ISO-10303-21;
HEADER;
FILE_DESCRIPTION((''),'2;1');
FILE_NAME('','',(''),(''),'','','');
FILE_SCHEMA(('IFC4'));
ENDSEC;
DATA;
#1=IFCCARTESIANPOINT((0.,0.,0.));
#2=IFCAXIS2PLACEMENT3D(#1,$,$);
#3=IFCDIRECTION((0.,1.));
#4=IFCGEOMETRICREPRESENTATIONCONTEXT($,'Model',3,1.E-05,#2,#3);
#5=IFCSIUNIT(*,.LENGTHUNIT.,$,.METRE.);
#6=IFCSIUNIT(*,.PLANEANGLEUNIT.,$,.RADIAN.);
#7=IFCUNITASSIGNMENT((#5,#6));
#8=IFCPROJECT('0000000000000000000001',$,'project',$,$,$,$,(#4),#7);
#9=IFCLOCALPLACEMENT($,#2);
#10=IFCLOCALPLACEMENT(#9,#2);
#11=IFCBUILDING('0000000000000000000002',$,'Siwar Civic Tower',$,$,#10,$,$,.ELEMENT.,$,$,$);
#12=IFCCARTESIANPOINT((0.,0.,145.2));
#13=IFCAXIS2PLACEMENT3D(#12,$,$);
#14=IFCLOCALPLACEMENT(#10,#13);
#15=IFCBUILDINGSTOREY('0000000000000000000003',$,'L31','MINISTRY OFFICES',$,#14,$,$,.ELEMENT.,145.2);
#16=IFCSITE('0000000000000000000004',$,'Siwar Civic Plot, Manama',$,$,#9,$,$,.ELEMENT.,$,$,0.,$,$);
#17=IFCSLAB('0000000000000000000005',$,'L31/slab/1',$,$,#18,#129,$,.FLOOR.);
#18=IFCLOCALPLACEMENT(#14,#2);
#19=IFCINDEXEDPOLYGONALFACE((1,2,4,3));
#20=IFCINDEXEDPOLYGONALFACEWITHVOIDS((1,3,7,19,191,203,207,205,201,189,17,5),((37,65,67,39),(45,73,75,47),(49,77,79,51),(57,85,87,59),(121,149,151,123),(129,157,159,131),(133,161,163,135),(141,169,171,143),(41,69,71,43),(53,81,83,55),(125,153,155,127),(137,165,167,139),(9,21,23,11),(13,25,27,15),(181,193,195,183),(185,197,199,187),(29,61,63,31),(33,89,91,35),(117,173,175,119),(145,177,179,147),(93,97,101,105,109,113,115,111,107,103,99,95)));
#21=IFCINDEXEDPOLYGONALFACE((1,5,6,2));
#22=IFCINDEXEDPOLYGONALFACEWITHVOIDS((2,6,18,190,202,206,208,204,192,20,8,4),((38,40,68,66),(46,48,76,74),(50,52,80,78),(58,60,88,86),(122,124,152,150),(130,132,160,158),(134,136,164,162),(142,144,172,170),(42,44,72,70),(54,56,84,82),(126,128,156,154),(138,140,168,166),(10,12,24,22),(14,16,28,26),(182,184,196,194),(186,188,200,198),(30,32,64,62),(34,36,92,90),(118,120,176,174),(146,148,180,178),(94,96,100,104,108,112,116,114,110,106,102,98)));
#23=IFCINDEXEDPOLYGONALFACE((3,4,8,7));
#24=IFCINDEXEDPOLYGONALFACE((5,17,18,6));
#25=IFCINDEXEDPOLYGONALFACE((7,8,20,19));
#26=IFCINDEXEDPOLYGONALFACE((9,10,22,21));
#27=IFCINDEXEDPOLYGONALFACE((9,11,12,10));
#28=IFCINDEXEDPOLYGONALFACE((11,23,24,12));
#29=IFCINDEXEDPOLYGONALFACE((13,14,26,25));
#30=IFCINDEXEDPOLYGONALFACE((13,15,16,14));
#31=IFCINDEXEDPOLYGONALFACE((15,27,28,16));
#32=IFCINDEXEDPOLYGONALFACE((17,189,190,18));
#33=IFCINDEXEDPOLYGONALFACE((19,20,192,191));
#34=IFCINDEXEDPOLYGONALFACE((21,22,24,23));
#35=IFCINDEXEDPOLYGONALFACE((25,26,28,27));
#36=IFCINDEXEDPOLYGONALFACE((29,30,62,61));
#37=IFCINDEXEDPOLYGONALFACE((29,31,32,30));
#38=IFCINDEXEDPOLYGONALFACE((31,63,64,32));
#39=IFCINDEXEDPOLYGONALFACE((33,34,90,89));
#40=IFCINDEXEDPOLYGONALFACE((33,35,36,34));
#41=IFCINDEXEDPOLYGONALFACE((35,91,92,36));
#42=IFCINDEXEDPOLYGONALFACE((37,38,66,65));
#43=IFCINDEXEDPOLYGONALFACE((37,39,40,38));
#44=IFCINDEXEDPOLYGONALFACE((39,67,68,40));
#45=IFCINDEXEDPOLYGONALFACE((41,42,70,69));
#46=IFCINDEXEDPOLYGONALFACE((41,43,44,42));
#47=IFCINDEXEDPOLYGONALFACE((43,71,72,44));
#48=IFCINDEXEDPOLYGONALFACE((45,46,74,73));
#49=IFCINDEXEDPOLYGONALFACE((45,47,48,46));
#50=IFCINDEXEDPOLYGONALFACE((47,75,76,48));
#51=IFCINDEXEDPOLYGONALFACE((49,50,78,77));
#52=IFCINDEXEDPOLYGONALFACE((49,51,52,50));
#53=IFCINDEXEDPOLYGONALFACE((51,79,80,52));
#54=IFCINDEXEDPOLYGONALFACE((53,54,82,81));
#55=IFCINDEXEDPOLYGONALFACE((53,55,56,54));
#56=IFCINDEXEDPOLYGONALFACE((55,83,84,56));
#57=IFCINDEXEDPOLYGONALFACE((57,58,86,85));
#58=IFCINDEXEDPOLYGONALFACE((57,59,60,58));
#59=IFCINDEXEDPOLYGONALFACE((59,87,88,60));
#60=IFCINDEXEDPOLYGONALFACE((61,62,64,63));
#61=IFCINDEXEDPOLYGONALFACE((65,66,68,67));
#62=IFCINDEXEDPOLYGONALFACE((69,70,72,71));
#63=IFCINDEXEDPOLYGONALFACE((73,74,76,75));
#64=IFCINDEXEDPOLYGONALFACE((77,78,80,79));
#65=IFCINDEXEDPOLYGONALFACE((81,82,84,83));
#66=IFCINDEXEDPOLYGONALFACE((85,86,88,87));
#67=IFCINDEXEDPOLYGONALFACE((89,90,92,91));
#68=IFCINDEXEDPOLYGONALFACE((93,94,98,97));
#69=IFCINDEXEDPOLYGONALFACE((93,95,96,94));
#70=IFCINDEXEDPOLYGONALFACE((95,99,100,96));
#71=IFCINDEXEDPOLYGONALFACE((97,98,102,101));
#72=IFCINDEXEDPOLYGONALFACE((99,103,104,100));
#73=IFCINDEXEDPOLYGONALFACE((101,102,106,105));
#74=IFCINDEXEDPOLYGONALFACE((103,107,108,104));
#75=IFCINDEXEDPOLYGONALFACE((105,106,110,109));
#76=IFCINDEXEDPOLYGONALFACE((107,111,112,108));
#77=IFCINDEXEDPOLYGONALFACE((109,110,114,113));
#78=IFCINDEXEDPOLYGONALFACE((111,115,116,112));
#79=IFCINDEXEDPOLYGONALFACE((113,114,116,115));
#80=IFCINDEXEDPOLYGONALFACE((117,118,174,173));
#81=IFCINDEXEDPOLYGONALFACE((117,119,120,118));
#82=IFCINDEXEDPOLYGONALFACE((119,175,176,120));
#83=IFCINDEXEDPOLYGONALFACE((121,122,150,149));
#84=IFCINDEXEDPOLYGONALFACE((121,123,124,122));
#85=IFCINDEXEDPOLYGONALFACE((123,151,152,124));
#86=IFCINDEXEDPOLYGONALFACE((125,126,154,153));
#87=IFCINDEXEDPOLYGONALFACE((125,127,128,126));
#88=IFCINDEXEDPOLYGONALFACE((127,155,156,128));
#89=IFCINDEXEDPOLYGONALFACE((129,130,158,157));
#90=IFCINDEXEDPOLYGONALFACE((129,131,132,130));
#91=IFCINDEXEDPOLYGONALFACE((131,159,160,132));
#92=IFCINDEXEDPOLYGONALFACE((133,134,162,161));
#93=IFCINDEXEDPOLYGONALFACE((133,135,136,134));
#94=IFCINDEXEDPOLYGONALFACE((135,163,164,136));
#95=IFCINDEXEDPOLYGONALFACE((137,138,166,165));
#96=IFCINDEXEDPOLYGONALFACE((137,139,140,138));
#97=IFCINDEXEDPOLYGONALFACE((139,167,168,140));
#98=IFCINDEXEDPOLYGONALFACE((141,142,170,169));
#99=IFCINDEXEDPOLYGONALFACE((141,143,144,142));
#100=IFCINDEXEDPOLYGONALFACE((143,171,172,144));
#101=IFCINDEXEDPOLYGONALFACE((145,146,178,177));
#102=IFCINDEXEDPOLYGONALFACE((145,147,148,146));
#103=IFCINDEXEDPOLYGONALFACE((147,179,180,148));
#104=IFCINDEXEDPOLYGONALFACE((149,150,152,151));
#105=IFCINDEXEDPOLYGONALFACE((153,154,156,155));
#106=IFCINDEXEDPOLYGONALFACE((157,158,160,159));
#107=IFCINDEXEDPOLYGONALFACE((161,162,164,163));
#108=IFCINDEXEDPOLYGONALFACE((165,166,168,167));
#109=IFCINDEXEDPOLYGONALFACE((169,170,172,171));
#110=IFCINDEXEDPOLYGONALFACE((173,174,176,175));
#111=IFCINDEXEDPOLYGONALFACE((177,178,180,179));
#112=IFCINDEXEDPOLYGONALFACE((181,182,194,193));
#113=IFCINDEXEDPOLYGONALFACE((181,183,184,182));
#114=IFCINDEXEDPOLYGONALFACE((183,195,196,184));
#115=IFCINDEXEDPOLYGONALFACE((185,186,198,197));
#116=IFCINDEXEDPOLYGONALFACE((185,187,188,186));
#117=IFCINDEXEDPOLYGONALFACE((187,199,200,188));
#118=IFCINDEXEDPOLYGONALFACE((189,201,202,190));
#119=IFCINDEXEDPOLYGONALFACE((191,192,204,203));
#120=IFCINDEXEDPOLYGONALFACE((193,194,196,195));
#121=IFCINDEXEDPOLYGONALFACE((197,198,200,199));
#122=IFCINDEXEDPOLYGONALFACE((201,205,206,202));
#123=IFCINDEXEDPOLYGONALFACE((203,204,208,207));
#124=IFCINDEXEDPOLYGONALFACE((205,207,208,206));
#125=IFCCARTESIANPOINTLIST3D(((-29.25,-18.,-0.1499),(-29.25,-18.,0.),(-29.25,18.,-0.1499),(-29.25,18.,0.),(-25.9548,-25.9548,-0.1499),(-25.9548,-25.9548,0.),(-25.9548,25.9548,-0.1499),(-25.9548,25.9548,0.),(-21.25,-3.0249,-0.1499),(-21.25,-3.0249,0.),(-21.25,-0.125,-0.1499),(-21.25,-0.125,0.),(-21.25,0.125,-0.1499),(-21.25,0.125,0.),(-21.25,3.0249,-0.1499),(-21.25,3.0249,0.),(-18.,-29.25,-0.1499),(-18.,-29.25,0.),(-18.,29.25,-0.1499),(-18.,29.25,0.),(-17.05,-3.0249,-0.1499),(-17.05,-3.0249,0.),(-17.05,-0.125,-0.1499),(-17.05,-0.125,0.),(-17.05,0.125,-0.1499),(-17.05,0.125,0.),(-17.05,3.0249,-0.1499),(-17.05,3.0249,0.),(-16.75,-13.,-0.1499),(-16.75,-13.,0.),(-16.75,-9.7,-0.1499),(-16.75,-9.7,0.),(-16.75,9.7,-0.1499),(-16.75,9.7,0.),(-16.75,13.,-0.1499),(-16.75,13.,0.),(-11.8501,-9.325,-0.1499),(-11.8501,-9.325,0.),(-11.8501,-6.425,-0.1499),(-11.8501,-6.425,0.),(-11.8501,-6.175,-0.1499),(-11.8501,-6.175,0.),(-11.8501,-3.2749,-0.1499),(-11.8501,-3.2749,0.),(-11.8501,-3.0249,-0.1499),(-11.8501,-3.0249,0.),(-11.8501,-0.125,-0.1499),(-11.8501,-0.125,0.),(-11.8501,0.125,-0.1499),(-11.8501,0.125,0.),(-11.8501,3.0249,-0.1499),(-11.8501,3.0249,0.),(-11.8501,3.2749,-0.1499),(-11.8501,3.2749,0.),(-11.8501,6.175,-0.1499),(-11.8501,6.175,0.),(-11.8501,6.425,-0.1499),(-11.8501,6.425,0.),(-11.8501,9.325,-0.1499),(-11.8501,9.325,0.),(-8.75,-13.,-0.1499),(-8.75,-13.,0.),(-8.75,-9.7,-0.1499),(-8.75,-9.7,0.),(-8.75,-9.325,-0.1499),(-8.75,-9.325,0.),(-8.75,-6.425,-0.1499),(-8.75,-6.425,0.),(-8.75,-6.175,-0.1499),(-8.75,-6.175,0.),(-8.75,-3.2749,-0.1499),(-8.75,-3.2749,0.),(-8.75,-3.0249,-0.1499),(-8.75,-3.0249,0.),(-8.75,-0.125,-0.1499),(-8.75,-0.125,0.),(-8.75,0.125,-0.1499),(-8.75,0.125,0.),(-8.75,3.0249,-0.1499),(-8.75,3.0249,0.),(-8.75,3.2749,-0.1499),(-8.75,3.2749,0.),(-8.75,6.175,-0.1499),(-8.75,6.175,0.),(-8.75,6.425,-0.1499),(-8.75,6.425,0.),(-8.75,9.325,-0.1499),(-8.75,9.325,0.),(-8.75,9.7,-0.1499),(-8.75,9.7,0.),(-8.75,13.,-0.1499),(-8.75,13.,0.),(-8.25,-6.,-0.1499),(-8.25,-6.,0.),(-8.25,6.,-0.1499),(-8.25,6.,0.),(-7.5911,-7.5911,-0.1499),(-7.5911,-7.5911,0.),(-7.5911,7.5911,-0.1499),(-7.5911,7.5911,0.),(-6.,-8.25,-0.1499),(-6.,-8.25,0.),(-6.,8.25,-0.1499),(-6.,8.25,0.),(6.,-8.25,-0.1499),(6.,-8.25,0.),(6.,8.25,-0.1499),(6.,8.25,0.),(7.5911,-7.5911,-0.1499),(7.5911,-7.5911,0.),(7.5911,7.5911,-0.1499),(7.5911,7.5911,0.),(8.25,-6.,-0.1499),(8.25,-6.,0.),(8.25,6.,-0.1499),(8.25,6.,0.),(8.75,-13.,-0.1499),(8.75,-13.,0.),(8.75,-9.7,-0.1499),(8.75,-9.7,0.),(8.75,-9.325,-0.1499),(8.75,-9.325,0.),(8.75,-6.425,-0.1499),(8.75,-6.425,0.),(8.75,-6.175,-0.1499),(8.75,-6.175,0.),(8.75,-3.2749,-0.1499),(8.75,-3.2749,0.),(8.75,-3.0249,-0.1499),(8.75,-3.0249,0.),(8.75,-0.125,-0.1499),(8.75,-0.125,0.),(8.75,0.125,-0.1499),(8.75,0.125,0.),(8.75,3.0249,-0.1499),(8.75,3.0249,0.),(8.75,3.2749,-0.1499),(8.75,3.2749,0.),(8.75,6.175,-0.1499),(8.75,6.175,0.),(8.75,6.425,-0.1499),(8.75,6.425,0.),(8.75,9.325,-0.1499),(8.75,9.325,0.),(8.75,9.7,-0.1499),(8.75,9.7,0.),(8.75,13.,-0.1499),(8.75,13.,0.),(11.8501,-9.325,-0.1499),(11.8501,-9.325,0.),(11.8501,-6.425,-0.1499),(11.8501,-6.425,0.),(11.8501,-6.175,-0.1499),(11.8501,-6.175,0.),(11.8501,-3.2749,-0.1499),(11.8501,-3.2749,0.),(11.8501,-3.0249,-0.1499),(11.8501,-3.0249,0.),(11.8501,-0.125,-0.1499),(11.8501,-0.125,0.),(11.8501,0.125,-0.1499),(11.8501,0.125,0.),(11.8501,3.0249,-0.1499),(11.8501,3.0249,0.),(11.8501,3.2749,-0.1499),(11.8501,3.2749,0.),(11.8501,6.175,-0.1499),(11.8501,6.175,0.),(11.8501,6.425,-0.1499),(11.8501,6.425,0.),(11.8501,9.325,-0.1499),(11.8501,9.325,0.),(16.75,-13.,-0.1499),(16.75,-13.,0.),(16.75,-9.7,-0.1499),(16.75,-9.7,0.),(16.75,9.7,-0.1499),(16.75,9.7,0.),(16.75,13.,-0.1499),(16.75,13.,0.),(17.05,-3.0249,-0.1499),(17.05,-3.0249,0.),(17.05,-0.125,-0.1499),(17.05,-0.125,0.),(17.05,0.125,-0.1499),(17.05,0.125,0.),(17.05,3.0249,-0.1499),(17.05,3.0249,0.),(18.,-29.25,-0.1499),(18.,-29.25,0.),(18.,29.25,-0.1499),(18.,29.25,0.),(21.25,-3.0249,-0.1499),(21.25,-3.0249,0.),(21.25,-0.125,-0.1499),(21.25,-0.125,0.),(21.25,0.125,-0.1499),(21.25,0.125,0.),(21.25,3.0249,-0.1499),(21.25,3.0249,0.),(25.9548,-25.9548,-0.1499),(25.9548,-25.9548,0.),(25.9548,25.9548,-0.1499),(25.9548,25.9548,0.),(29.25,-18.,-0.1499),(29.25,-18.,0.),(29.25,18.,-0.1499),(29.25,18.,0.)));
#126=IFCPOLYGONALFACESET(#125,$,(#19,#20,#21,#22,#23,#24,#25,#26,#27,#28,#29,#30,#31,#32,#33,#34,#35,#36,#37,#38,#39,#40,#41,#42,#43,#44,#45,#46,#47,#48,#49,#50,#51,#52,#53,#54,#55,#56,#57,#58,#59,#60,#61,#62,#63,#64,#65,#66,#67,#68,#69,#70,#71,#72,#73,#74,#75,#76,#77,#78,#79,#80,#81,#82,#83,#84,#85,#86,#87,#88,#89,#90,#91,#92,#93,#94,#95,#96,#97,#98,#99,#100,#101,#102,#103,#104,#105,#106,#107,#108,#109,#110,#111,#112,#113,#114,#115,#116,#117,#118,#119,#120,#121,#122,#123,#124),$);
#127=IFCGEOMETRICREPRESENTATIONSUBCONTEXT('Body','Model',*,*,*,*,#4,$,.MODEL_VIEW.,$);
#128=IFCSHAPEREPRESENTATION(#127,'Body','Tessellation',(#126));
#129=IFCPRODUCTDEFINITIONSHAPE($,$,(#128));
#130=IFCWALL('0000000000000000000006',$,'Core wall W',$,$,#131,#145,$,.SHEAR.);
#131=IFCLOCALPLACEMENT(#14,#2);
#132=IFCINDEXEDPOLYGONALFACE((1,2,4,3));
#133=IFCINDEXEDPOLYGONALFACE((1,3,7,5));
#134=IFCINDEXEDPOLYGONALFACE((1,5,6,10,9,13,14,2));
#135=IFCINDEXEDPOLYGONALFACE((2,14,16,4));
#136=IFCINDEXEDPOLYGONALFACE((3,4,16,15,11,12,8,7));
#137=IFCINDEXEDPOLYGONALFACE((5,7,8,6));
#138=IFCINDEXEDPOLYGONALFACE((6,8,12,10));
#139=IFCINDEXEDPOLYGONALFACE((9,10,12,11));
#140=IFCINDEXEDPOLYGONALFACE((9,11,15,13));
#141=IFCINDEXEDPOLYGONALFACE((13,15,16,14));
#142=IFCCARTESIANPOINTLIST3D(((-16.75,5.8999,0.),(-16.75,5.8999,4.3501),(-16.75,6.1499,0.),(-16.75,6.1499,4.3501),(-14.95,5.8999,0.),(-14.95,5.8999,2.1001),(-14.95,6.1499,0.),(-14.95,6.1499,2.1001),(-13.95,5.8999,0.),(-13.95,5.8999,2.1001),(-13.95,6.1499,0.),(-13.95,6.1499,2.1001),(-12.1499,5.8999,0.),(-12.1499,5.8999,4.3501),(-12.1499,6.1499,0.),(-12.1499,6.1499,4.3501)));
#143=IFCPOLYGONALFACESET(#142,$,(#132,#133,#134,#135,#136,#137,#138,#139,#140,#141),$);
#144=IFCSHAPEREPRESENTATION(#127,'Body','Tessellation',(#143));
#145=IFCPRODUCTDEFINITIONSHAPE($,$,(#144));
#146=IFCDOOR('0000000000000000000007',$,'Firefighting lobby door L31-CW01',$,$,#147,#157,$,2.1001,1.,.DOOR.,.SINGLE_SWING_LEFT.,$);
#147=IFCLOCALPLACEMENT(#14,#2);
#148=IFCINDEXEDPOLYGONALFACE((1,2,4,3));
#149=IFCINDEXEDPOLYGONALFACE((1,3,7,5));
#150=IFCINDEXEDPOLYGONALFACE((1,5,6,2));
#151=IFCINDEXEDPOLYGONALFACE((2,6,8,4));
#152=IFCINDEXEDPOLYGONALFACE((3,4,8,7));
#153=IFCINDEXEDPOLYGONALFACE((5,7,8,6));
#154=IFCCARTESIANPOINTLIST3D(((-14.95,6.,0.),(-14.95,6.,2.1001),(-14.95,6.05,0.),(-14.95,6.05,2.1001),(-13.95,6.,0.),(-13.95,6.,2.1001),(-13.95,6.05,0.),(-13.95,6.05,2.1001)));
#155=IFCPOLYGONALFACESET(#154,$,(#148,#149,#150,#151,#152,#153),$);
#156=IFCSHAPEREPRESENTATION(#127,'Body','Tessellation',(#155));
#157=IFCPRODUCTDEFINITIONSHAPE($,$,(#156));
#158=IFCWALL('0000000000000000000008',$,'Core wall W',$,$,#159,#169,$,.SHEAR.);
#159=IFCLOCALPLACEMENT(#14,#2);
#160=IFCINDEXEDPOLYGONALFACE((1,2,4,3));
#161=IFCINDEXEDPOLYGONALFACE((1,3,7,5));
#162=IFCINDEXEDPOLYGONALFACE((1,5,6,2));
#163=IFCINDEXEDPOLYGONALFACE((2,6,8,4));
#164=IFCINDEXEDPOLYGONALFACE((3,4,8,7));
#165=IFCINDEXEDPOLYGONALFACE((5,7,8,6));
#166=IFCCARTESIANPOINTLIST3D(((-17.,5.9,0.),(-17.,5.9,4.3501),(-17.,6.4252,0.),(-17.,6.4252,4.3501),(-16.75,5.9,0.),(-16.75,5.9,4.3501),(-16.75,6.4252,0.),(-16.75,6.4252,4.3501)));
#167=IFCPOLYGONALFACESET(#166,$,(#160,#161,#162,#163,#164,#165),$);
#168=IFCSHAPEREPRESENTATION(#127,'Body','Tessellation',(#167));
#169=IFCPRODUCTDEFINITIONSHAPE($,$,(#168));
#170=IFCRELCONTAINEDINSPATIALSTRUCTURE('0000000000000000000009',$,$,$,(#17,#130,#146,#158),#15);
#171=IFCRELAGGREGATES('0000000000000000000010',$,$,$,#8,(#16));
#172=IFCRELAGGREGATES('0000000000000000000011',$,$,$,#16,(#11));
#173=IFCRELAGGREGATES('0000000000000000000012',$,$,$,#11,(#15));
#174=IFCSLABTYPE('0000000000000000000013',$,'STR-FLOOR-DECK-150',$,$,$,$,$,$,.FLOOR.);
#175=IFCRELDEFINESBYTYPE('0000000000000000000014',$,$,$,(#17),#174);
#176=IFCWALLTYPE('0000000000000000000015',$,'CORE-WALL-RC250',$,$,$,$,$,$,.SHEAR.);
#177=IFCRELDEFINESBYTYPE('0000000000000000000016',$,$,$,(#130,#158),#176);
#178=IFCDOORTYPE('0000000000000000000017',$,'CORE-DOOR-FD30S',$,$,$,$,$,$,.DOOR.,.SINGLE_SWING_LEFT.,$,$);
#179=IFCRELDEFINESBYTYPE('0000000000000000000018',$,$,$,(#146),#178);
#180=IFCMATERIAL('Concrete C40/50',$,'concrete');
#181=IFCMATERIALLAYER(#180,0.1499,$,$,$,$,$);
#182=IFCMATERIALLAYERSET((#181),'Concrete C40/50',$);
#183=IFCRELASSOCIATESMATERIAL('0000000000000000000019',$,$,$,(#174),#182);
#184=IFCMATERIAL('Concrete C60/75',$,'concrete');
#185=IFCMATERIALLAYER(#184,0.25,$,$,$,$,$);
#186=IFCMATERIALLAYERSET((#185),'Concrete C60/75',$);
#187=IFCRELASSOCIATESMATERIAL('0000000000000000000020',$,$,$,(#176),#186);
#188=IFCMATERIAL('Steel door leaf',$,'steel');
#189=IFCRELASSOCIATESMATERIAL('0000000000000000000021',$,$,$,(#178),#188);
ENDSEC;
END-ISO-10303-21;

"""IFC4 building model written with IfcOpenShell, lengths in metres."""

from ifc_helpers import new_model, si_unit, direction, frame, frame_2d, origin, place, context, subcontext, project, spatial, polyline, rectangle, outline, extrude, material, layer, layer_set, type_object, element, fill, save


model = new_model("IFC4")

# Units and contexts
model_context = context("Model", 3, precision=1e-05, world=origin(), true_north=direction((0.0, 1.0)))
body_context = subcontext(model_context, "Body", "Model", "MODEL_VIEW")
ifc_project = project(units=[si_unit("LENGTHUNIT", "METRE"), si_unit("PLANEANGLEUNIT", "RADIAN")], contexts=[model_context])

# Site, building, storey
site_placement = place(None, origin())
site = spatial("IfcSite", under=ifc_project, at=site_placement, Name="Siwar Civic Plot, Manama", CompositionType="ELEMENT", RefElevation=0.0)
building_placement = place(site_placement, origin())
building = spatial("IfcBuilding", under=site, at=building_placement, Name="Siwar Civic Tower", CompositionType="ELEMENT")
storey_placement = place(building_placement, frame((0.0, 0.0, 145.2)))
storey = spatial("IfcBuildingStorey", under=building, at=storey_placement, Name="L31", Description="MINISTRY OFFICES", CompositionType="ELEMENT", Elevation=145.2)

# Slab
ifc_material_1 = material(Name="Concrete C40/50", Category="concrete")
ifc_layer_1 = layer(ifc_material_1, 0.1499)
ifc_layer_set_1 = layer_set([ifc_layer_1], Name="Concrete C40/50")
slab_type_1 = type_object("IfcSlabType", Name="STR-FLOOR-DECK-150", PredefinedType="FLOOR", material=ifc_layer_set_1)
slab_1_placement = place(storey_placement, frame((0.0, 0.0, -0.1499)))
element("IfcSlab", 1, at=slab_1_placement, inside=storey, type_object=slab_type_1, Name="L31/slab/1", PredefinedType="FLOOR", context=body_context, shape_type="SweptSolid", body=[
    extrude(outline(polyline([(-18.0, -29.25), (18.0, -29.25), (25.9548, -25.9548), (29.25, -18.0), (29.25, 18.0), (25.9548, 25.9548), (18.0, 29.25), (-18.0, 29.25), (-25.9548, 25.9548), (-29.25, 18.0), (-29.25, -18.0), (-25.9548, -25.9548), (-18.0, -29.25)]), holes=[polyline([(21.25, 3.0249), (21.25, 0.125), (17.05, 0.125), (17.05, 3.0249), (21.25, 3.0249)]), polyline([(17.05, -0.125), (21.25, -0.125), (21.25, -3.0249), (17.05, -3.0249), (17.05, -0.125)]), polyline([(16.75, 13.0), (16.75, 9.7), (8.75, 9.7), (8.75, 13.0), (16.75, 13.0)]), polyline([(8.75, -9.7), (16.75, -9.7), (16.75, -13.0), (8.75, -13.0), (8.75, -9.7)]), polyline([(11.8501, 9.325), (11.8501, 6.425), (8.75, 6.425), (8.75, 9.325), (11.8501, 9.325)]), polyline([(11.8501, 3.0249), (11.8501, 0.125), (8.75, 0.125), (8.75, 3.0249), (11.8501, 3.0249)]), polyline([(11.8501, -0.125), (11.8501, -3.0249), (8.75, -3.0249), (8.75, -0.125), (11.8501, -0.125)]), polyline([(11.8501, -3.2749), (11.8501, -6.175), (8.75, -6.175), (8.75, -3.2749), (11.8501, -3.2749)]), polyline([(8.75, 6.175), (11.8501, 6.175), (11.8501, 3.2749), (8.75, 3.2749), (8.75, 6.175)]), polyline([(8.75, -6.425), (11.8501, -6.425), (11.8501, -9.325), (8.75, -9.325), (8.75, -6.425)]), polyline([(-6.0, 8.25), (6.0, 8.25), (7.5911, 7.5911), (8.25, 6.0), (8.25, -6.0), (7.5911, -7.5911), (6.0, -8.25), (-6.0, -8.25), (-7.5911, -7.5911), (-8.25, -6.0), (-8.25, 6.0), (-7.5911, 7.5911), (-6.0, 8.25)]), polyline([(-8.75, 9.7), (-16.75, 9.7), (-16.75, 13.0), (-8.75, 13.0), (-8.75, 9.7)]), polyline([(-8.75, 0.125), (-11.8501, 0.125), (-11.8501, 3.0249), (-8.75, 3.0249), (-8.75, 0.125)]), polyline([(-8.75, -6.175), (-11.8501, -6.175), (-11.8501, -3.2749), (-8.75, -3.2749), (-8.75, -6.175)]), polyline([(-8.75, -9.325), (-11.8501, -9.325), (-11.8501, -6.425), (-8.75, -6.425), (-8.75, -9.325)]), polyline([(-8.75, -13.0), (-16.75, -13.0), (-16.75, -9.7), (-8.75, -9.7), (-8.75, -13.0)]), polyline([(-11.8501, 6.425), (-11.8501, 9.325), (-8.75, 9.325), (-8.75, 6.425), (-11.8501, 6.425)]), polyline([(-11.8501, 3.2749), (-11.8501, 6.175), (-8.75, 6.175), (-8.75, 3.2749), (-11.8501, 3.2749)]), polyline([(-11.8501, -3.0249), (-11.8501, -0.125), (-8.75, -0.125), (-8.75, -3.0249), (-11.8501, -3.0249)]), polyline([(-21.25, -3.0249), (-21.25, -0.125), (-17.05, -0.125), (-17.05, -3.0249), (-21.25, -3.0249)]), polyline([(-17.05, 0.125), (-21.25, 0.125), (-21.25, 3.0249), (-17.05, 3.0249), (-17.05, 0.125)])]), origin(), (0.0, 0.0, 1.0), 0.1499),
])

# Wall, opening, door
ifc_material_2 = material(Name="Concrete C60/75", Category="concrete")
ifc_layer_2 = layer(ifc_material_2, 0.25)
ifc_layer_set_2 = layer_set([ifc_layer_2], Name="Concrete C60/75")
wall_type_1 = type_object("IfcWallType", Name="CORE-WALL-RC250", PredefinedType="SHEAR", material=ifc_layer_set_2)
wall_1_placement = place(storey_placement, frame((-12.1499, 6.0249, 0.0), z_axis=(0.0, 0.0, 1.0), x_axis=(-1.0, 0.0, 0.0)))
wall_1 = element("IfcWall", 2, at=wall_1_placement, inside=storey, type_object=wall_type_1, Name="Core wall W", PredefinedType="SHEAR", context=body_context, shape_type="SweptSolid", body=[
    extrude(rectangle(XDim=4.6001, YDim=0.25, at=frame_2d((2.3, 0.0))), origin(), (0.0, 0.0, 1.0), 4.3501),
])
opening_1_placement = place(wall_1_placement, frame((1.8, 0.0, 0.0)))
opening_1 = element("IfcOpeningElement", 3, at=opening_1_placement, cuts=wall_1, PredefinedType="OPENING", context=body_context, shape_type="SweptSolid", body=[
    extrude(rectangle(XDim=1.0, YDim=2.1001, at=frame_2d((0.5, 1.05))), frame((0.0, 0.135, 0.0), z_axis=(0.0, -1.0, 0.0), x_axis=(1.0, 0.0, 0.0)), (0.0, 0.0, 1.0), 0.27),
])
ifc_material_3 = material(Name="Steel door leaf", Category="steel")
door_type_1 = type_object("IfcDoorType", Name="CORE-DOOR-FD30S", OperationType="SINGLE_SWING_LEFT", PredefinedType="DOOR", material=ifc_material_3)
door_1_placement = place(opening_1_placement, origin())
door_1 = element("IfcDoor", 4, at=door_1_placement, inside=storey, type_object=door_type_1, Name="Firefighting lobby door L31-CW01", OperationType="SINGLE_SWING_LEFT", OverallHeight=2.1001, OverallWidth=1.0, PredefinedType="DOOR", context=body_context, shape_type="SweptSolid", body=[
    extrude(rectangle(XDim=1.0, YDim=2.1001, at=frame_2d((0.5, 1.05))), frame((0.0, 0.0249, 0.0), z_axis=(0.0, -1.0, 0.0), x_axis=(1.0, 0.0, 0.0)), (0.0, 0.0, 1.0), 0.05),
])
fill(opening_1, door_1)

# Wall
wall_2_placement = place(storey_placement, frame((-16.875, 5.8999, 0.0), z_axis=(0.0, 0.0, 1.0), x_axis=(0.0, 1.0, 0.0)))
element("IfcWall", 5, at=wall_2_placement, inside=storey, type_object=wall_type_1, Name="Core wall W", PredefinedType="SHEAR", context=body_context, shape_type="SweptSolid", body=[
    extrude(rectangle(XDim=0.5251, YDim=0.25, at=frame_2d((0.2627, 0.0))), origin(), (0.0, 0.0, 1.0), 4.3501),
])

save(model, "model.ifc")
